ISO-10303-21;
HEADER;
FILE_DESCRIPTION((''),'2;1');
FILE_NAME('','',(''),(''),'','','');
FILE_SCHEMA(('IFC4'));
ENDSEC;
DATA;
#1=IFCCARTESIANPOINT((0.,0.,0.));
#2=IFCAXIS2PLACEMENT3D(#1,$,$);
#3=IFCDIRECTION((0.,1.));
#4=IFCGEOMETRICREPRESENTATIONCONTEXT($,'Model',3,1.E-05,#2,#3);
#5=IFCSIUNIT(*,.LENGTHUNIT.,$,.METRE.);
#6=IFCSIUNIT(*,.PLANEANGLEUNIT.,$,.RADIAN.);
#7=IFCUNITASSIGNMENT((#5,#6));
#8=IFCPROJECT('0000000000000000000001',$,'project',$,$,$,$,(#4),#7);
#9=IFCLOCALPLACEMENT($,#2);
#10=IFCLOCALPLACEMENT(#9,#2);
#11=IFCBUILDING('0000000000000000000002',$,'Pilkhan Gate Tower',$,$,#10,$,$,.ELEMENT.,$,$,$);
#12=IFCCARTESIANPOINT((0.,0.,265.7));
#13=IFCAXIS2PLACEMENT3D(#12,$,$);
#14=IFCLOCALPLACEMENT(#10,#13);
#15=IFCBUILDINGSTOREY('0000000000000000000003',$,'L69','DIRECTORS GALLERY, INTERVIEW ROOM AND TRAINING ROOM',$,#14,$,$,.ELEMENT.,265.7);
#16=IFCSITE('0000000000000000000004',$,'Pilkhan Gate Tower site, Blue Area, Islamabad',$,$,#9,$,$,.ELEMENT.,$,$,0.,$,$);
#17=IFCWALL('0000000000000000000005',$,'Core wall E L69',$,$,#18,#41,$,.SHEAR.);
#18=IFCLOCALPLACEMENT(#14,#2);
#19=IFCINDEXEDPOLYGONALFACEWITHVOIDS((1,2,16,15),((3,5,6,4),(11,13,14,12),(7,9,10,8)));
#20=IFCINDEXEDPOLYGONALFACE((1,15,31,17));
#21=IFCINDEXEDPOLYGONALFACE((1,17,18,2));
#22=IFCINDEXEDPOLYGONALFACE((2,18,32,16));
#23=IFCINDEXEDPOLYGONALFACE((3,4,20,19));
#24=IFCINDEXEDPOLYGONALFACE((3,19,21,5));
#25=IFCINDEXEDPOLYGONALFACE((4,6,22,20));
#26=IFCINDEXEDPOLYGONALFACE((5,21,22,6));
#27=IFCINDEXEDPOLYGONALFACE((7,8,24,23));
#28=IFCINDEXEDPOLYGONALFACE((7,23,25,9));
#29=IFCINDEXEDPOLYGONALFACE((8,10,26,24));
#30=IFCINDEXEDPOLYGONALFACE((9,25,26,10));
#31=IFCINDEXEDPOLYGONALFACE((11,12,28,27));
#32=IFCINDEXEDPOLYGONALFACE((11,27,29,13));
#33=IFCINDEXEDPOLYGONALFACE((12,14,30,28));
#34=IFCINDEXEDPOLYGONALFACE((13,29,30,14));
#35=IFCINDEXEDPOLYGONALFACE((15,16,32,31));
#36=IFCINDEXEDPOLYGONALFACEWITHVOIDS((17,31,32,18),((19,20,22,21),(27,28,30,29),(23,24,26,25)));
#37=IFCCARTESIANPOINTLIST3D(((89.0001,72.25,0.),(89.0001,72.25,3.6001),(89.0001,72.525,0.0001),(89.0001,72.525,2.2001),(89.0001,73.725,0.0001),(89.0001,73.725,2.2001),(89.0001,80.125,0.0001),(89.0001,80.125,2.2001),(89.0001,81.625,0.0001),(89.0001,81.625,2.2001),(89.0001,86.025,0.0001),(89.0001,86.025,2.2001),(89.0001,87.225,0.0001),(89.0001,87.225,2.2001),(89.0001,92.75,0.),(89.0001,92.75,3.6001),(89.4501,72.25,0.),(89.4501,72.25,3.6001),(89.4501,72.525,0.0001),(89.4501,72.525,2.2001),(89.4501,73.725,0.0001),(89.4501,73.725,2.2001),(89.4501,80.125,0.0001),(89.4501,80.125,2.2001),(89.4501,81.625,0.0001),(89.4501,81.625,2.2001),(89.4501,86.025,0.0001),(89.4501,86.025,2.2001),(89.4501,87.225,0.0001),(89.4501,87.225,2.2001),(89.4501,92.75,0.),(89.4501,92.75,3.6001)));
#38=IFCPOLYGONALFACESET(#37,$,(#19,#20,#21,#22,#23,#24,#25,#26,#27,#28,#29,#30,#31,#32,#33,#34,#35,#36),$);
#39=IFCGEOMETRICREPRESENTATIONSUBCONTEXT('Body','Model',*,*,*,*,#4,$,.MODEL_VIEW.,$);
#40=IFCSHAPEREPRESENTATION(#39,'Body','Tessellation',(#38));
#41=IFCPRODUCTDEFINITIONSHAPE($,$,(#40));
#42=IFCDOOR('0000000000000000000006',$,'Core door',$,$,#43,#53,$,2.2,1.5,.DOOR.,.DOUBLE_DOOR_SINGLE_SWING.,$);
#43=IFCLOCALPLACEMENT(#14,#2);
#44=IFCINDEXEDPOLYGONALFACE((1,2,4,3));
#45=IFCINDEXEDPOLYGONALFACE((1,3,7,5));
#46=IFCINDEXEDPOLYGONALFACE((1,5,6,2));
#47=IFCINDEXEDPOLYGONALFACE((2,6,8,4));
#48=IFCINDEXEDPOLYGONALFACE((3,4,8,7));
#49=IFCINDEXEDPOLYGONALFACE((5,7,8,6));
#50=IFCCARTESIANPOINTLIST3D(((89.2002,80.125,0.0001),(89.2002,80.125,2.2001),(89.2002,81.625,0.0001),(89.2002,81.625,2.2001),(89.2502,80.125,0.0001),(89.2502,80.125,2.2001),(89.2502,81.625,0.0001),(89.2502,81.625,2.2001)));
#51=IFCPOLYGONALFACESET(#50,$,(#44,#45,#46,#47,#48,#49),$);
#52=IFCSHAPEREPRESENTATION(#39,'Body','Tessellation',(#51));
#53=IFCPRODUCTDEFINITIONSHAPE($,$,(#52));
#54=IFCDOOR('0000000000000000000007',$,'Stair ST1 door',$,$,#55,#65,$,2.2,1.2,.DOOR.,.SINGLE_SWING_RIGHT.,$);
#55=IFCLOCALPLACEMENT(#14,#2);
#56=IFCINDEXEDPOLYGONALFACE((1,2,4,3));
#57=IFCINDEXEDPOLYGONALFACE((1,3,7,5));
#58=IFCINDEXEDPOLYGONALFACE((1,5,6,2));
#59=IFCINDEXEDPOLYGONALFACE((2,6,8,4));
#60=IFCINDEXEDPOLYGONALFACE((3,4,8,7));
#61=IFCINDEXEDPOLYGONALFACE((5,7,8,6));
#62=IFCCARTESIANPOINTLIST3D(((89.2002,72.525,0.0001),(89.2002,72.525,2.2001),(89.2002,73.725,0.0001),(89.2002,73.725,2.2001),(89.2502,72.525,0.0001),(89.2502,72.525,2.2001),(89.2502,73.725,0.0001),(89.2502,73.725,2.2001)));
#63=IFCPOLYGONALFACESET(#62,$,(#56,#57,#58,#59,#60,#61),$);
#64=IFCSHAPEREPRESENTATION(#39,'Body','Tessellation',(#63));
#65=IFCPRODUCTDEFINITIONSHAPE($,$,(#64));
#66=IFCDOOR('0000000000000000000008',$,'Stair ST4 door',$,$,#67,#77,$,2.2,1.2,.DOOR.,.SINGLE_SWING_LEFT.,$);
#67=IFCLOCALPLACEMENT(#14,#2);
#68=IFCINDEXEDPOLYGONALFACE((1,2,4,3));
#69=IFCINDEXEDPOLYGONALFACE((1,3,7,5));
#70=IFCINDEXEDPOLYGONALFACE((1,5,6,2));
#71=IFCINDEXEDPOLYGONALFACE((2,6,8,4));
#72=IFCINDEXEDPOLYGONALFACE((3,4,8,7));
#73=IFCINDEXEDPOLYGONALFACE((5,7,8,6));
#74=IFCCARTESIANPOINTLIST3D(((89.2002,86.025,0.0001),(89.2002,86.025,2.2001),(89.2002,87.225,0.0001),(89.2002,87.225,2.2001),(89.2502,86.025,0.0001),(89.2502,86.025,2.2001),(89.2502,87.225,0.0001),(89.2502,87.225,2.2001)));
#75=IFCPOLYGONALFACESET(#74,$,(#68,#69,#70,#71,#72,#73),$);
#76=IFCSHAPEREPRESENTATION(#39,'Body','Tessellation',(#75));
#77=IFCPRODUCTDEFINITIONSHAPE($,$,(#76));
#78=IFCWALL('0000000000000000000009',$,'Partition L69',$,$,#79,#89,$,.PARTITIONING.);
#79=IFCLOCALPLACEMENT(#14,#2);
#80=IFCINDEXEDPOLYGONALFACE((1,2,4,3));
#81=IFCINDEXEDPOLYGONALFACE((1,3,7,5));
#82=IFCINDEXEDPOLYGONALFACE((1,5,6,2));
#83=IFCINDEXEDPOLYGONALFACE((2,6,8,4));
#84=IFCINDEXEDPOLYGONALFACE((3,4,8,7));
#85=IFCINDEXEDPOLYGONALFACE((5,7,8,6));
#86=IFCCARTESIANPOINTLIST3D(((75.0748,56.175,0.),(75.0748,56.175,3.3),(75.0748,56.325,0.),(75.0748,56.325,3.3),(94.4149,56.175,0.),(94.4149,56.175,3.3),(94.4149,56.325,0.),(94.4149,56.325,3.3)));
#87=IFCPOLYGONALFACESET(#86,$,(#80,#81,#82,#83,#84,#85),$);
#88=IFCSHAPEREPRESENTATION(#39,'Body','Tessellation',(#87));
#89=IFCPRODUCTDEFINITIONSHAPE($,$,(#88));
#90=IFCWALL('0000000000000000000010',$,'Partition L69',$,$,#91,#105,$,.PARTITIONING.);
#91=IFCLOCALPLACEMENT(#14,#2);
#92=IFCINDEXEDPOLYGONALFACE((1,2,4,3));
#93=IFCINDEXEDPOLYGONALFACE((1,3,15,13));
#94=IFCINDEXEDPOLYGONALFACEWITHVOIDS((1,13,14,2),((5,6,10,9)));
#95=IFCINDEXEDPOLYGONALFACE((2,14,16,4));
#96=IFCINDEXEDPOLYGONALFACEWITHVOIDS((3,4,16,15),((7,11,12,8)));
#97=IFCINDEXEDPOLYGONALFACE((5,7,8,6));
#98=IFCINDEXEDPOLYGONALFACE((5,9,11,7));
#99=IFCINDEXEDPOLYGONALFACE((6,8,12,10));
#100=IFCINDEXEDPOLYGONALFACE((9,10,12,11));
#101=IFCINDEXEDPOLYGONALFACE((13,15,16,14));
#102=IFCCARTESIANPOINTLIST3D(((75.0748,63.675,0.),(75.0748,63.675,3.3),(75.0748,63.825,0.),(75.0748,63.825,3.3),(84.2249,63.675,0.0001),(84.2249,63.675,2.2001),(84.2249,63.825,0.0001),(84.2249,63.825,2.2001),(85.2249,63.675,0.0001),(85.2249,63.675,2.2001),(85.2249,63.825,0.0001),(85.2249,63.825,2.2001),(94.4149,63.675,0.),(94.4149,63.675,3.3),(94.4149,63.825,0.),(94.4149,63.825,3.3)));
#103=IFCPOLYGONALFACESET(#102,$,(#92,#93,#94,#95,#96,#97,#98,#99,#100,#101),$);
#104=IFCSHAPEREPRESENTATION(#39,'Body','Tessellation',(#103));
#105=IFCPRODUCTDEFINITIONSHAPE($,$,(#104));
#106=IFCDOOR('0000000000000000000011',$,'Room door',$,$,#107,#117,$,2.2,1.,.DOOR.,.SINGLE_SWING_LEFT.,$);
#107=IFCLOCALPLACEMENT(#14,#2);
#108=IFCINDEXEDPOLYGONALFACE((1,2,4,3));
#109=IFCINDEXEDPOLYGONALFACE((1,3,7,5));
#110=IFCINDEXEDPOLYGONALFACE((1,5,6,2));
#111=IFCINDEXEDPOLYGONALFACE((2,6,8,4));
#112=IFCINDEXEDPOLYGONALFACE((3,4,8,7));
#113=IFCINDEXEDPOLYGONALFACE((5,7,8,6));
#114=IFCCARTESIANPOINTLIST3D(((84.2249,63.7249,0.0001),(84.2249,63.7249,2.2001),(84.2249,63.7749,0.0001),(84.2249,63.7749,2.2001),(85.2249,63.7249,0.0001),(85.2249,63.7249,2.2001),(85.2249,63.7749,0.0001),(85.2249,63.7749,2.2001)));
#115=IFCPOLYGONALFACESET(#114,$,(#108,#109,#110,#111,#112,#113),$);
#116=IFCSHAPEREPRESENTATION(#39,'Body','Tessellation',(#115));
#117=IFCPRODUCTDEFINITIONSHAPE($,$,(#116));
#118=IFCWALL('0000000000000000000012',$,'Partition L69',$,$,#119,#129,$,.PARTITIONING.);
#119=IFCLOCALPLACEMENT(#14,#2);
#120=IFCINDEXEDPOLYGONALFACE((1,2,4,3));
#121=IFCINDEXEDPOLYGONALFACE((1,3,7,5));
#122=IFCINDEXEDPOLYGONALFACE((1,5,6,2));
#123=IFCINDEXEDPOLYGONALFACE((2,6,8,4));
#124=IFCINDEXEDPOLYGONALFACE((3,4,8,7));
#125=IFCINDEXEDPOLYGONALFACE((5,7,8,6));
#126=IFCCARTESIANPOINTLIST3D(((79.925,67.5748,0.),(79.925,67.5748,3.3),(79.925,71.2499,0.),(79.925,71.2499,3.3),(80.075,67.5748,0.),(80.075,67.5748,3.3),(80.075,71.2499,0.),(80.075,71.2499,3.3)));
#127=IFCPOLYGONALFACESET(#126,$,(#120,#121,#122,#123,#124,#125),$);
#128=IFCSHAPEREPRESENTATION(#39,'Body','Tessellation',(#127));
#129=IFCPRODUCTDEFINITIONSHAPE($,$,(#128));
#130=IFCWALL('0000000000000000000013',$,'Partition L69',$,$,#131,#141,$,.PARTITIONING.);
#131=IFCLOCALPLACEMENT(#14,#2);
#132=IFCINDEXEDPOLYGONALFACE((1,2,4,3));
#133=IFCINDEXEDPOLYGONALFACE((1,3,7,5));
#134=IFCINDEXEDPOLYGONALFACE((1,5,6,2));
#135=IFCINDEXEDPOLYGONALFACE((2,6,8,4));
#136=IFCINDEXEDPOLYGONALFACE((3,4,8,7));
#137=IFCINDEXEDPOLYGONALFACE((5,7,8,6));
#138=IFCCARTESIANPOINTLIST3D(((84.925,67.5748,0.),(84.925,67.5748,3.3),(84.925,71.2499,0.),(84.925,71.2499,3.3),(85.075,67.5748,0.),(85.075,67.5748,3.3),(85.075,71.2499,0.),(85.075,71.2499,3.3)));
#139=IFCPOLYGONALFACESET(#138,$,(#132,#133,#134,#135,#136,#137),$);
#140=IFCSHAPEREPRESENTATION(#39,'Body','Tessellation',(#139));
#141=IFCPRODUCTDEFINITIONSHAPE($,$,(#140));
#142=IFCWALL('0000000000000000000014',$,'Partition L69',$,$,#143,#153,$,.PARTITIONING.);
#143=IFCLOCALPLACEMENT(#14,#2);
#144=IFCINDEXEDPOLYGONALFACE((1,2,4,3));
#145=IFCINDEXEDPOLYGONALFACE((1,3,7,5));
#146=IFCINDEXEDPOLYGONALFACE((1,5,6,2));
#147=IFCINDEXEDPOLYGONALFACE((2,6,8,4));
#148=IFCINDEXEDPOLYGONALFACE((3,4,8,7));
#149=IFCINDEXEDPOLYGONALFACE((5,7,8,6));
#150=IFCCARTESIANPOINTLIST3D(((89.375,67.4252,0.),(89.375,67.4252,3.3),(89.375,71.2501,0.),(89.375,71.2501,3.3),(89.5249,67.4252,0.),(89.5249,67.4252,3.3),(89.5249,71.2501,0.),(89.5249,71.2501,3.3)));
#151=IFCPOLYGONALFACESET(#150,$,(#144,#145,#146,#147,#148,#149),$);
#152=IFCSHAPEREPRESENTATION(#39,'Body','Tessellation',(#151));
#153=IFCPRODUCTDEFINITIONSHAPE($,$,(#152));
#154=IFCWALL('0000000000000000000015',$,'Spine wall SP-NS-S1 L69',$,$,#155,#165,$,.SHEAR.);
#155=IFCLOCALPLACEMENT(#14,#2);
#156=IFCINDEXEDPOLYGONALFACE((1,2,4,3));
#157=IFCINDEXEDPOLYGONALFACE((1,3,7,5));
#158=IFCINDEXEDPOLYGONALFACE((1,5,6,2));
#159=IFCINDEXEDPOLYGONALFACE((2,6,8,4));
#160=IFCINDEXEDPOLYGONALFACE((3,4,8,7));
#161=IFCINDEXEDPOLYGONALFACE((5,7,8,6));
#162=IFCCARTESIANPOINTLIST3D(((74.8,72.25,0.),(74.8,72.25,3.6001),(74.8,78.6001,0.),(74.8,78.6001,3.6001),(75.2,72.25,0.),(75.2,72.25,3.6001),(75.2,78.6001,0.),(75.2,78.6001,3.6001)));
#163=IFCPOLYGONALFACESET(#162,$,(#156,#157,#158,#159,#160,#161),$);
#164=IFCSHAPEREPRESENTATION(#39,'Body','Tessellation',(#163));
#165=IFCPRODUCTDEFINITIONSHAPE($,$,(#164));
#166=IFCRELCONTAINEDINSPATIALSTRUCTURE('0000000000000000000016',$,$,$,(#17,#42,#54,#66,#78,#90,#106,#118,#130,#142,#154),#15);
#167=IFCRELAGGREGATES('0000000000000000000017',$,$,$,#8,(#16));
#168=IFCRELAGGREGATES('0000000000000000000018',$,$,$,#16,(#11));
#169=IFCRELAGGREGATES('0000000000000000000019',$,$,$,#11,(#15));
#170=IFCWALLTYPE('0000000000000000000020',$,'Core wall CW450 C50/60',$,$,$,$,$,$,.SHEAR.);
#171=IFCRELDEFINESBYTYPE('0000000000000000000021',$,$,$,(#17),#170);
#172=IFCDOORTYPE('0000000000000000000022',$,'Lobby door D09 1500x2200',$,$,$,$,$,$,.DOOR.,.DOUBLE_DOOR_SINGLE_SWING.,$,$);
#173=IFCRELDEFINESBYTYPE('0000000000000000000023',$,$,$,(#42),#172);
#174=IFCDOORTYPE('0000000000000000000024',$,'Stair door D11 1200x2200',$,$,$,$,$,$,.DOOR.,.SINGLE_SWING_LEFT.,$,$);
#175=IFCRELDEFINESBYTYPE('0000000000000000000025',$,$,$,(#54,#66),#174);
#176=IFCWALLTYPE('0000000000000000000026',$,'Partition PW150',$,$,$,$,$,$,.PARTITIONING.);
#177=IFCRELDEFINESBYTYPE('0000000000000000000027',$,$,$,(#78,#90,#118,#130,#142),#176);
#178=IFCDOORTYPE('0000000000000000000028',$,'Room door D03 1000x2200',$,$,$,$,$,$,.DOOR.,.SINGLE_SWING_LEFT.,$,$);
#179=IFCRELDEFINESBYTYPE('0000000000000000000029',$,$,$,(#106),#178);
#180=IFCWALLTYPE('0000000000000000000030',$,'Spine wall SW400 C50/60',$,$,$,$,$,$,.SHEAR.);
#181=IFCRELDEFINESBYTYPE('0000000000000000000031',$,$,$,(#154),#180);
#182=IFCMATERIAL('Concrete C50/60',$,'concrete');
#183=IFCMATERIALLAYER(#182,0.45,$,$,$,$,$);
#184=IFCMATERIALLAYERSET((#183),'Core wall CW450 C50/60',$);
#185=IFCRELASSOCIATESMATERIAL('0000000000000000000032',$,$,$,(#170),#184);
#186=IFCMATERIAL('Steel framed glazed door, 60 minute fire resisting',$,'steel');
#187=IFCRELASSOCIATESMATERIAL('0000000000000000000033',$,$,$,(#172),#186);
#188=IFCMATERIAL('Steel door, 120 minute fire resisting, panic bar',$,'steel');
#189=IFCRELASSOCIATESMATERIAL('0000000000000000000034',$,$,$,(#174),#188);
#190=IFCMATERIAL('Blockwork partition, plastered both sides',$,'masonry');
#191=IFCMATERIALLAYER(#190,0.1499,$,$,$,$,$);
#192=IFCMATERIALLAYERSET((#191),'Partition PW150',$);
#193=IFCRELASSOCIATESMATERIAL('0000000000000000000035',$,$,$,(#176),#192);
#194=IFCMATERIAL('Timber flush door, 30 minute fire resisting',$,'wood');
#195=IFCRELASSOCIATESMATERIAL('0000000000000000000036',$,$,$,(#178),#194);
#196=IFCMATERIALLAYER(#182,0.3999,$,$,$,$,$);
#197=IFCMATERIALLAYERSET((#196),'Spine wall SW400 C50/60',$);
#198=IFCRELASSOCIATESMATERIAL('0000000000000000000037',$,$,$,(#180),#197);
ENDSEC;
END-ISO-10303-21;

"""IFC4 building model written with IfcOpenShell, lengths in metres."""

from ifc_helpers import new_model, si_unit, direction, frame, frame_2d, origin, place, context, subcontext, project, spatial, rectangle, extrude, material, layer, layer_set, type_object, element, fill, save


model = new_model("IFC4")

# Units and contexts
model_context = context("Model", 3, precision=1e-05, world=origin(), true_north=direction((0.0, 1.0)))
body_context = subcontext(model_context, "Body", "Model", "MODEL_VIEW")
ifc_project = project(units=[si_unit("LENGTHUNIT", "METRE"), si_unit("PLANEANGLEUNIT", "RADIAN")], contexts=[model_context])

# Site, building, storey
site_placement = place(None, origin())
site = spatial("IfcSite", under=ifc_project, at=site_placement, Name="Pilkhan Gate Tower site, Blue Area, Islamabad", CompositionType="ELEMENT", RefElevation=0.0)
building_placement = place(site_placement, origin())
building = spatial("IfcBuilding", under=site, at=building_placement, Name="Pilkhan Gate Tower", CompositionType="ELEMENT")
storey_placement = place(building_placement, frame((0.0, 0.0, 265.7)))
storey = spatial("IfcBuildingStorey", under=building, at=storey_placement, Name="L69", Description="DIRECTORS GALLERY, INTERVIEW ROOM AND TRAINING ROOM", CompositionType="ELEMENT", Elevation=265.7)

# Shared definitions
ifc_material_1 = material(Name="Concrete C50/60", Category="concrete")

# Wall, openings, doors
ifc_layer_1 = layer(ifc_material_1, 0.45)
ifc_layer_set_1 = layer_set([ifc_layer_1], Name="Core wall CW450 C50/60")
wall_type_1 = type_object("IfcWallType", Name="Core wall CW450 C50/60", PredefinedType="SHEAR", material=ifc_layer_set_1)
wall_1_placement = place(storey_placement, frame((89.2251, 72.25, 0.0), z_axis=(0.0, 0.0, 1.0), x_axis=(0.0, 1.0, 0.0)))
wall_1 = element("IfcWall", 1, at=wall_1_placement, inside=storey, type_object=wall_type_1, Name="Core wall E L69", PredefinedType="SHEAR", context=body_context, shape_type="SweptSolid", body=[
    extrude(rectangle(XDim=20.5, YDim=0.45, at=frame_2d((10.25, 0.0))), origin(), (0.0, 0.0, 1.0), 3.6001),
])
opening_1_placement = place(wall_1_placement, frame((0.2749, 0.0, 0.0)))
opening_1 = element("IfcOpeningElement", 2, at=opening_1_placement, cuts=wall_1, PredefinedType="OPENING", context=body_context, shape_type="SweptSolid", body=[
    extrude(rectangle(XDim=1.2, YDim=2.2, at=frame_2d((0.6001, 1.1001))), frame((0.0, 0.2349, 0.0), z_axis=(0.0, -1.0, 0.0), x_axis=(1.0, 0.0, 0.0)), (0.0, 0.0, 1.0), 0.47),
])
opening_2_placement = place(wall_1_placement, frame((13.7749, 0.0, 0.0)))
opening_2 = element("IfcOpeningElement", 3, at=opening_2_placement, cuts=wall_1, PredefinedType="OPENING", context=body_context, shape_type="SweptSolid", body=[
    extrude(rectangle(XDim=1.2, YDim=2.2, at=frame_2d((0.6001, 1.1001))), frame((0.0, 0.2349, 0.0), z_axis=(0.0, -1.0, 0.0), x_axis=(1.0, 0.0, 0.0)), (0.0, 0.0, 1.0), 0.47),
])
opening_3_placement = place(wall_1_placement, frame((7.875, 0.0, 0.0)))
opening_3 = element("IfcOpeningElement", 4, at=opening_3_placement, cuts=wall_1, PredefinedType="OPENING", context=body_context, shape_type="SweptSolid", body=[
    extrude(rectangle(XDim=1.5, YDim=2.2, at=frame_2d((0.75, 1.1001))), frame((0.0, 0.2349, 0.0), z_axis=(0.0, -1.0, 0.0), x_axis=(1.0, 0.0, 0.0)), (0.0, 0.0, 1.0), 0.47),
])
ifc_material_2 = material(Name="Steel framed glazed door, 60 minute fire resisting", Category="steel")
door_type_1 = type_object("IfcDoorType", Name="Lobby door D09 1500x2200", OperationType="DOUBLE_DOOR_SINGLE_SWING", PredefinedType="DOOR", material=ifc_material_2)
door_1_placement = place(opening_3_placement, origin())
door_1 = element("IfcDoor", 5, at=door_1_placement, inside=storey, type_object=door_type_1, Name="Core door", OperationType="DOUBLE_DOOR_SINGLE_SWING", OverallHeight=2.2, OverallWidth=1.5, PredefinedType="DOOR", context=body_context, shape_type="SweptSolid", body=[
    extrude(rectangle(XDim=1.5, YDim=2.2, at=frame_2d((0.75, 1.1001))), frame((0.0, 0.0249, 0.0), z_axis=(0.0, -1.0, 0.0), x_axis=(1.0, 0.0, 0.0)), (0.0, 0.0, 1.0), 0.05),
])
fill(opening_3, door_1)
ifc_material_3 = material(Name="Steel door, 120 minute fire resisting, panic bar", Category="steel")
door_type_2 = type_object("IfcDoorType", Name="Stair door D11 1200x2200", OperationType="SINGLE_SWING_LEFT", PredefinedType="DOOR", material=ifc_material_3)
door_2_placement = place(opening_1_placement, origin())
door_2 = element("IfcDoor", 6, at=door_2_placement, inside=storey, type_object=door_type_2, Name="Stair ST1 door", OperationType="SINGLE_SWING_RIGHT", OverallHeight=2.2, OverallWidth=1.2, PredefinedType="DOOR", context=body_context, shape_type="SweptSolid", body=[
    extrude(rectangle(XDim=1.2, YDim=2.2, at=frame_2d((0.6001, 1.1001))), frame((0.0, 0.0249, 0.0), z_axis=(0.0, -1.0, 0.0), x_axis=(1.0, 0.0, 0.0)), (0.0, 0.0, 1.0), 0.05),
])
fill(opening_1, door_2)
door_3_placement = place(opening_2_placement, origin())
door_3 = element("IfcDoor", 7, at=door_3_placement, inside=storey, type_object=door_type_2, Name="Stair ST4 door", OperationType="SINGLE_SWING_LEFT", OverallHeight=2.2, OverallWidth=1.2, PredefinedType="DOOR", context=body_context, shape_type="SweptSolid", body=[
    extrude(rectangle(XDim=1.2, YDim=2.2, at=frame_2d((0.6001, 1.1001))), frame((0.0, 0.0249, 0.0), z_axis=(0.0, -1.0, 0.0), x_axis=(1.0, 0.0, 0.0)), (0.0, 0.0, 1.0), 0.05),
])
fill(opening_2, door_3)

# Wall
ifc_material_4 = material(Name="Blockwork partition, plastered both sides", Category="masonry")
ifc_layer_2 = layer(ifc_material_4, 0.1499)
ifc_layer_set_2 = layer_set([ifc_layer_2], Name="Partition PW150")
wall_type_2 = type_object("IfcWallType", Name="Partition PW150", PredefinedType="PARTITIONING", material=ifc_layer_set_2)
wall_2_placement = place(storey_placement, frame((75.075, 56.25, 0.0), z_axis=(0.0, 0.0, 1.0), x_axis=(1.0, 0.0, 0.0)))
element("IfcWall", 8, at=wall_2_placement, inside=storey, type_object=wall_type_2, Name="Partition L69", PredefinedType="PARTITIONING", context=body_context, shape_type="SweptSolid", body=[
    extrude(rectangle(XDim=19.3401, YDim=0.1499, at=frame_2d((9.6699, 0.0))), origin(), (0.0, 0.0, 1.0), 3.3),
])

# Wall, opening, door
wall_3_placement = place(storey_placement, frame((75.075, 63.75, 0.0), z_axis=(0.0, 0.0, 1.0), x_axis=(1.0, 0.0, 0.0)))
wall_3 = element("IfcWall", 9, at=wall_3_placement, inside=storey, type_object=wall_type_2, Name="Partition L69", PredefinedType="PARTITIONING", context=body_context, shape_type="SweptSolid", body=[
    extrude(rectangle(XDim=19.3401, YDim=0.1499, at=frame_2d((9.6699, 0.0))), origin(), (0.0, 0.0, 1.0), 3.3),
])
opening_4_placement = place(wall_3_placement, frame((9.1499, 0.0, 0.0)))
opening_4 = element("IfcOpeningElement", 10, at=opening_4_placement, cuts=wall_3, PredefinedType="OPENING", context=body_context, shape_type="SweptSolid", body=[
    extrude(rectangle(XDim=1.0, YDim=2.2, at=frame_2d((0.5, 1.1001))), frame((0.0, 0.085, 0.0), z_axis=(0.0, -1.0, 0.0), x_axis=(1.0, 0.0, 0.0)), (0.0, 0.0, 1.0), 0.1699),
])
ifc_material_5 = material(Name="Timber flush door, 30 minute fire resisting", Category="wood")
door_type_3 = type_object("IfcDoorType", Name="Room door D03 1000x2200", OperationType="SINGLE_SWING_LEFT", PredefinedType="DOOR", material=ifc_material_5)
door_4_placement = place(opening_4_placement, origin())
door_4 = element("IfcDoor", 11, at=door_4_placement, inside=storey, type_object=door_type_3, Name="Room door", OperationType="SINGLE_SWING_LEFT", OverallHeight=2.2, OverallWidth=1.0, PredefinedType="DOOR", context=body_context, shape_type="SweptSolid", body=[
    extrude(rectangle(XDim=1.0, YDim=2.2, at=frame_2d((0.5, 1.1001))), frame((0.0, 0.0249, 0.0), z_axis=(0.0, -1.0, 0.0), x_axis=(1.0, 0.0, 0.0)), (0.0, 0.0, 1.0), 0.05),
])
fill(opening_4, door_4)

# Walls
for number, where, z_axis, x_axis, name in (
    (12, (80.0, 67.575, 0.0), (0.0, 0.0, 1.0), (0.0, 1.0, 0.0), "Partition L69"),
    (13, (85.0, 67.575, 0.0), (0.0, 0.0, 1.0), (0.0, 1.0, 0.0), "Partition L69"),
):
    element("IfcWall", number, at=place(storey_placement, frame(where, z_axis=z_axis, x_axis=x_axis)), inside=storey, type_object=wall_type_2, Name=name, PredefinedType="PARTITIONING", context=body_context, shape_type="SweptSolid", body=[
        extrude(rectangle(XDim=3.675, YDim=0.1499, at=frame_2d((1.8374, 0.0))), origin(), (0.0, 0.0, 1.0), 3.3),
    ])
wall_4_placement = place(storey_placement, frame((89.45, 67.425, 0.0), z_axis=(0.0, 0.0, 1.0), x_axis=(0.0, 1.0, 0.0)))
element("IfcWall", 14, at=wall_4_placement, inside=storey, type_object=wall_type_2, Name="Partition L69", PredefinedType="PARTITIONING", context=body_context, shape_type="SweptSolid", body=[
    extrude(rectangle(XDim=3.825, YDim=0.1499, at=frame_2d((1.9126, 0.0))), origin(), (0.0, 0.0, 1.0), 3.3),
])
ifc_layer_3 = layer(ifc_material_1, 0.3999)
ifc_layer_set_3 = layer_set([ifc_layer_3], Name="Spine wall SW400 C50/60")
wall_type_3 = type_object("IfcWallType", Name="Spine wall SW400 C50/60", PredefinedType="SHEAR", material=ifc_layer_set_3)
wall_5_placement = place(storey_placement, frame((75.0, 72.25, 0.0), z_axis=(0.0, 0.0, 1.0), x_axis=(0.0, 1.0, 0.0)))
element("IfcWall", 15, at=wall_5_placement, inside=storey, type_object=wall_type_3, Name="Spine wall SP-NS-S1 L69", PredefinedType="SHEAR", context=body_context, shape_type="SweptSolid", body=[
    extrude(rectangle(XDim=6.3501, YDim=0.3999, at=frame_2d((3.175, 0.0))), origin(), (0.0, 0.0, 1.0), 3.6001),
])

save(model, "model.ifc")
